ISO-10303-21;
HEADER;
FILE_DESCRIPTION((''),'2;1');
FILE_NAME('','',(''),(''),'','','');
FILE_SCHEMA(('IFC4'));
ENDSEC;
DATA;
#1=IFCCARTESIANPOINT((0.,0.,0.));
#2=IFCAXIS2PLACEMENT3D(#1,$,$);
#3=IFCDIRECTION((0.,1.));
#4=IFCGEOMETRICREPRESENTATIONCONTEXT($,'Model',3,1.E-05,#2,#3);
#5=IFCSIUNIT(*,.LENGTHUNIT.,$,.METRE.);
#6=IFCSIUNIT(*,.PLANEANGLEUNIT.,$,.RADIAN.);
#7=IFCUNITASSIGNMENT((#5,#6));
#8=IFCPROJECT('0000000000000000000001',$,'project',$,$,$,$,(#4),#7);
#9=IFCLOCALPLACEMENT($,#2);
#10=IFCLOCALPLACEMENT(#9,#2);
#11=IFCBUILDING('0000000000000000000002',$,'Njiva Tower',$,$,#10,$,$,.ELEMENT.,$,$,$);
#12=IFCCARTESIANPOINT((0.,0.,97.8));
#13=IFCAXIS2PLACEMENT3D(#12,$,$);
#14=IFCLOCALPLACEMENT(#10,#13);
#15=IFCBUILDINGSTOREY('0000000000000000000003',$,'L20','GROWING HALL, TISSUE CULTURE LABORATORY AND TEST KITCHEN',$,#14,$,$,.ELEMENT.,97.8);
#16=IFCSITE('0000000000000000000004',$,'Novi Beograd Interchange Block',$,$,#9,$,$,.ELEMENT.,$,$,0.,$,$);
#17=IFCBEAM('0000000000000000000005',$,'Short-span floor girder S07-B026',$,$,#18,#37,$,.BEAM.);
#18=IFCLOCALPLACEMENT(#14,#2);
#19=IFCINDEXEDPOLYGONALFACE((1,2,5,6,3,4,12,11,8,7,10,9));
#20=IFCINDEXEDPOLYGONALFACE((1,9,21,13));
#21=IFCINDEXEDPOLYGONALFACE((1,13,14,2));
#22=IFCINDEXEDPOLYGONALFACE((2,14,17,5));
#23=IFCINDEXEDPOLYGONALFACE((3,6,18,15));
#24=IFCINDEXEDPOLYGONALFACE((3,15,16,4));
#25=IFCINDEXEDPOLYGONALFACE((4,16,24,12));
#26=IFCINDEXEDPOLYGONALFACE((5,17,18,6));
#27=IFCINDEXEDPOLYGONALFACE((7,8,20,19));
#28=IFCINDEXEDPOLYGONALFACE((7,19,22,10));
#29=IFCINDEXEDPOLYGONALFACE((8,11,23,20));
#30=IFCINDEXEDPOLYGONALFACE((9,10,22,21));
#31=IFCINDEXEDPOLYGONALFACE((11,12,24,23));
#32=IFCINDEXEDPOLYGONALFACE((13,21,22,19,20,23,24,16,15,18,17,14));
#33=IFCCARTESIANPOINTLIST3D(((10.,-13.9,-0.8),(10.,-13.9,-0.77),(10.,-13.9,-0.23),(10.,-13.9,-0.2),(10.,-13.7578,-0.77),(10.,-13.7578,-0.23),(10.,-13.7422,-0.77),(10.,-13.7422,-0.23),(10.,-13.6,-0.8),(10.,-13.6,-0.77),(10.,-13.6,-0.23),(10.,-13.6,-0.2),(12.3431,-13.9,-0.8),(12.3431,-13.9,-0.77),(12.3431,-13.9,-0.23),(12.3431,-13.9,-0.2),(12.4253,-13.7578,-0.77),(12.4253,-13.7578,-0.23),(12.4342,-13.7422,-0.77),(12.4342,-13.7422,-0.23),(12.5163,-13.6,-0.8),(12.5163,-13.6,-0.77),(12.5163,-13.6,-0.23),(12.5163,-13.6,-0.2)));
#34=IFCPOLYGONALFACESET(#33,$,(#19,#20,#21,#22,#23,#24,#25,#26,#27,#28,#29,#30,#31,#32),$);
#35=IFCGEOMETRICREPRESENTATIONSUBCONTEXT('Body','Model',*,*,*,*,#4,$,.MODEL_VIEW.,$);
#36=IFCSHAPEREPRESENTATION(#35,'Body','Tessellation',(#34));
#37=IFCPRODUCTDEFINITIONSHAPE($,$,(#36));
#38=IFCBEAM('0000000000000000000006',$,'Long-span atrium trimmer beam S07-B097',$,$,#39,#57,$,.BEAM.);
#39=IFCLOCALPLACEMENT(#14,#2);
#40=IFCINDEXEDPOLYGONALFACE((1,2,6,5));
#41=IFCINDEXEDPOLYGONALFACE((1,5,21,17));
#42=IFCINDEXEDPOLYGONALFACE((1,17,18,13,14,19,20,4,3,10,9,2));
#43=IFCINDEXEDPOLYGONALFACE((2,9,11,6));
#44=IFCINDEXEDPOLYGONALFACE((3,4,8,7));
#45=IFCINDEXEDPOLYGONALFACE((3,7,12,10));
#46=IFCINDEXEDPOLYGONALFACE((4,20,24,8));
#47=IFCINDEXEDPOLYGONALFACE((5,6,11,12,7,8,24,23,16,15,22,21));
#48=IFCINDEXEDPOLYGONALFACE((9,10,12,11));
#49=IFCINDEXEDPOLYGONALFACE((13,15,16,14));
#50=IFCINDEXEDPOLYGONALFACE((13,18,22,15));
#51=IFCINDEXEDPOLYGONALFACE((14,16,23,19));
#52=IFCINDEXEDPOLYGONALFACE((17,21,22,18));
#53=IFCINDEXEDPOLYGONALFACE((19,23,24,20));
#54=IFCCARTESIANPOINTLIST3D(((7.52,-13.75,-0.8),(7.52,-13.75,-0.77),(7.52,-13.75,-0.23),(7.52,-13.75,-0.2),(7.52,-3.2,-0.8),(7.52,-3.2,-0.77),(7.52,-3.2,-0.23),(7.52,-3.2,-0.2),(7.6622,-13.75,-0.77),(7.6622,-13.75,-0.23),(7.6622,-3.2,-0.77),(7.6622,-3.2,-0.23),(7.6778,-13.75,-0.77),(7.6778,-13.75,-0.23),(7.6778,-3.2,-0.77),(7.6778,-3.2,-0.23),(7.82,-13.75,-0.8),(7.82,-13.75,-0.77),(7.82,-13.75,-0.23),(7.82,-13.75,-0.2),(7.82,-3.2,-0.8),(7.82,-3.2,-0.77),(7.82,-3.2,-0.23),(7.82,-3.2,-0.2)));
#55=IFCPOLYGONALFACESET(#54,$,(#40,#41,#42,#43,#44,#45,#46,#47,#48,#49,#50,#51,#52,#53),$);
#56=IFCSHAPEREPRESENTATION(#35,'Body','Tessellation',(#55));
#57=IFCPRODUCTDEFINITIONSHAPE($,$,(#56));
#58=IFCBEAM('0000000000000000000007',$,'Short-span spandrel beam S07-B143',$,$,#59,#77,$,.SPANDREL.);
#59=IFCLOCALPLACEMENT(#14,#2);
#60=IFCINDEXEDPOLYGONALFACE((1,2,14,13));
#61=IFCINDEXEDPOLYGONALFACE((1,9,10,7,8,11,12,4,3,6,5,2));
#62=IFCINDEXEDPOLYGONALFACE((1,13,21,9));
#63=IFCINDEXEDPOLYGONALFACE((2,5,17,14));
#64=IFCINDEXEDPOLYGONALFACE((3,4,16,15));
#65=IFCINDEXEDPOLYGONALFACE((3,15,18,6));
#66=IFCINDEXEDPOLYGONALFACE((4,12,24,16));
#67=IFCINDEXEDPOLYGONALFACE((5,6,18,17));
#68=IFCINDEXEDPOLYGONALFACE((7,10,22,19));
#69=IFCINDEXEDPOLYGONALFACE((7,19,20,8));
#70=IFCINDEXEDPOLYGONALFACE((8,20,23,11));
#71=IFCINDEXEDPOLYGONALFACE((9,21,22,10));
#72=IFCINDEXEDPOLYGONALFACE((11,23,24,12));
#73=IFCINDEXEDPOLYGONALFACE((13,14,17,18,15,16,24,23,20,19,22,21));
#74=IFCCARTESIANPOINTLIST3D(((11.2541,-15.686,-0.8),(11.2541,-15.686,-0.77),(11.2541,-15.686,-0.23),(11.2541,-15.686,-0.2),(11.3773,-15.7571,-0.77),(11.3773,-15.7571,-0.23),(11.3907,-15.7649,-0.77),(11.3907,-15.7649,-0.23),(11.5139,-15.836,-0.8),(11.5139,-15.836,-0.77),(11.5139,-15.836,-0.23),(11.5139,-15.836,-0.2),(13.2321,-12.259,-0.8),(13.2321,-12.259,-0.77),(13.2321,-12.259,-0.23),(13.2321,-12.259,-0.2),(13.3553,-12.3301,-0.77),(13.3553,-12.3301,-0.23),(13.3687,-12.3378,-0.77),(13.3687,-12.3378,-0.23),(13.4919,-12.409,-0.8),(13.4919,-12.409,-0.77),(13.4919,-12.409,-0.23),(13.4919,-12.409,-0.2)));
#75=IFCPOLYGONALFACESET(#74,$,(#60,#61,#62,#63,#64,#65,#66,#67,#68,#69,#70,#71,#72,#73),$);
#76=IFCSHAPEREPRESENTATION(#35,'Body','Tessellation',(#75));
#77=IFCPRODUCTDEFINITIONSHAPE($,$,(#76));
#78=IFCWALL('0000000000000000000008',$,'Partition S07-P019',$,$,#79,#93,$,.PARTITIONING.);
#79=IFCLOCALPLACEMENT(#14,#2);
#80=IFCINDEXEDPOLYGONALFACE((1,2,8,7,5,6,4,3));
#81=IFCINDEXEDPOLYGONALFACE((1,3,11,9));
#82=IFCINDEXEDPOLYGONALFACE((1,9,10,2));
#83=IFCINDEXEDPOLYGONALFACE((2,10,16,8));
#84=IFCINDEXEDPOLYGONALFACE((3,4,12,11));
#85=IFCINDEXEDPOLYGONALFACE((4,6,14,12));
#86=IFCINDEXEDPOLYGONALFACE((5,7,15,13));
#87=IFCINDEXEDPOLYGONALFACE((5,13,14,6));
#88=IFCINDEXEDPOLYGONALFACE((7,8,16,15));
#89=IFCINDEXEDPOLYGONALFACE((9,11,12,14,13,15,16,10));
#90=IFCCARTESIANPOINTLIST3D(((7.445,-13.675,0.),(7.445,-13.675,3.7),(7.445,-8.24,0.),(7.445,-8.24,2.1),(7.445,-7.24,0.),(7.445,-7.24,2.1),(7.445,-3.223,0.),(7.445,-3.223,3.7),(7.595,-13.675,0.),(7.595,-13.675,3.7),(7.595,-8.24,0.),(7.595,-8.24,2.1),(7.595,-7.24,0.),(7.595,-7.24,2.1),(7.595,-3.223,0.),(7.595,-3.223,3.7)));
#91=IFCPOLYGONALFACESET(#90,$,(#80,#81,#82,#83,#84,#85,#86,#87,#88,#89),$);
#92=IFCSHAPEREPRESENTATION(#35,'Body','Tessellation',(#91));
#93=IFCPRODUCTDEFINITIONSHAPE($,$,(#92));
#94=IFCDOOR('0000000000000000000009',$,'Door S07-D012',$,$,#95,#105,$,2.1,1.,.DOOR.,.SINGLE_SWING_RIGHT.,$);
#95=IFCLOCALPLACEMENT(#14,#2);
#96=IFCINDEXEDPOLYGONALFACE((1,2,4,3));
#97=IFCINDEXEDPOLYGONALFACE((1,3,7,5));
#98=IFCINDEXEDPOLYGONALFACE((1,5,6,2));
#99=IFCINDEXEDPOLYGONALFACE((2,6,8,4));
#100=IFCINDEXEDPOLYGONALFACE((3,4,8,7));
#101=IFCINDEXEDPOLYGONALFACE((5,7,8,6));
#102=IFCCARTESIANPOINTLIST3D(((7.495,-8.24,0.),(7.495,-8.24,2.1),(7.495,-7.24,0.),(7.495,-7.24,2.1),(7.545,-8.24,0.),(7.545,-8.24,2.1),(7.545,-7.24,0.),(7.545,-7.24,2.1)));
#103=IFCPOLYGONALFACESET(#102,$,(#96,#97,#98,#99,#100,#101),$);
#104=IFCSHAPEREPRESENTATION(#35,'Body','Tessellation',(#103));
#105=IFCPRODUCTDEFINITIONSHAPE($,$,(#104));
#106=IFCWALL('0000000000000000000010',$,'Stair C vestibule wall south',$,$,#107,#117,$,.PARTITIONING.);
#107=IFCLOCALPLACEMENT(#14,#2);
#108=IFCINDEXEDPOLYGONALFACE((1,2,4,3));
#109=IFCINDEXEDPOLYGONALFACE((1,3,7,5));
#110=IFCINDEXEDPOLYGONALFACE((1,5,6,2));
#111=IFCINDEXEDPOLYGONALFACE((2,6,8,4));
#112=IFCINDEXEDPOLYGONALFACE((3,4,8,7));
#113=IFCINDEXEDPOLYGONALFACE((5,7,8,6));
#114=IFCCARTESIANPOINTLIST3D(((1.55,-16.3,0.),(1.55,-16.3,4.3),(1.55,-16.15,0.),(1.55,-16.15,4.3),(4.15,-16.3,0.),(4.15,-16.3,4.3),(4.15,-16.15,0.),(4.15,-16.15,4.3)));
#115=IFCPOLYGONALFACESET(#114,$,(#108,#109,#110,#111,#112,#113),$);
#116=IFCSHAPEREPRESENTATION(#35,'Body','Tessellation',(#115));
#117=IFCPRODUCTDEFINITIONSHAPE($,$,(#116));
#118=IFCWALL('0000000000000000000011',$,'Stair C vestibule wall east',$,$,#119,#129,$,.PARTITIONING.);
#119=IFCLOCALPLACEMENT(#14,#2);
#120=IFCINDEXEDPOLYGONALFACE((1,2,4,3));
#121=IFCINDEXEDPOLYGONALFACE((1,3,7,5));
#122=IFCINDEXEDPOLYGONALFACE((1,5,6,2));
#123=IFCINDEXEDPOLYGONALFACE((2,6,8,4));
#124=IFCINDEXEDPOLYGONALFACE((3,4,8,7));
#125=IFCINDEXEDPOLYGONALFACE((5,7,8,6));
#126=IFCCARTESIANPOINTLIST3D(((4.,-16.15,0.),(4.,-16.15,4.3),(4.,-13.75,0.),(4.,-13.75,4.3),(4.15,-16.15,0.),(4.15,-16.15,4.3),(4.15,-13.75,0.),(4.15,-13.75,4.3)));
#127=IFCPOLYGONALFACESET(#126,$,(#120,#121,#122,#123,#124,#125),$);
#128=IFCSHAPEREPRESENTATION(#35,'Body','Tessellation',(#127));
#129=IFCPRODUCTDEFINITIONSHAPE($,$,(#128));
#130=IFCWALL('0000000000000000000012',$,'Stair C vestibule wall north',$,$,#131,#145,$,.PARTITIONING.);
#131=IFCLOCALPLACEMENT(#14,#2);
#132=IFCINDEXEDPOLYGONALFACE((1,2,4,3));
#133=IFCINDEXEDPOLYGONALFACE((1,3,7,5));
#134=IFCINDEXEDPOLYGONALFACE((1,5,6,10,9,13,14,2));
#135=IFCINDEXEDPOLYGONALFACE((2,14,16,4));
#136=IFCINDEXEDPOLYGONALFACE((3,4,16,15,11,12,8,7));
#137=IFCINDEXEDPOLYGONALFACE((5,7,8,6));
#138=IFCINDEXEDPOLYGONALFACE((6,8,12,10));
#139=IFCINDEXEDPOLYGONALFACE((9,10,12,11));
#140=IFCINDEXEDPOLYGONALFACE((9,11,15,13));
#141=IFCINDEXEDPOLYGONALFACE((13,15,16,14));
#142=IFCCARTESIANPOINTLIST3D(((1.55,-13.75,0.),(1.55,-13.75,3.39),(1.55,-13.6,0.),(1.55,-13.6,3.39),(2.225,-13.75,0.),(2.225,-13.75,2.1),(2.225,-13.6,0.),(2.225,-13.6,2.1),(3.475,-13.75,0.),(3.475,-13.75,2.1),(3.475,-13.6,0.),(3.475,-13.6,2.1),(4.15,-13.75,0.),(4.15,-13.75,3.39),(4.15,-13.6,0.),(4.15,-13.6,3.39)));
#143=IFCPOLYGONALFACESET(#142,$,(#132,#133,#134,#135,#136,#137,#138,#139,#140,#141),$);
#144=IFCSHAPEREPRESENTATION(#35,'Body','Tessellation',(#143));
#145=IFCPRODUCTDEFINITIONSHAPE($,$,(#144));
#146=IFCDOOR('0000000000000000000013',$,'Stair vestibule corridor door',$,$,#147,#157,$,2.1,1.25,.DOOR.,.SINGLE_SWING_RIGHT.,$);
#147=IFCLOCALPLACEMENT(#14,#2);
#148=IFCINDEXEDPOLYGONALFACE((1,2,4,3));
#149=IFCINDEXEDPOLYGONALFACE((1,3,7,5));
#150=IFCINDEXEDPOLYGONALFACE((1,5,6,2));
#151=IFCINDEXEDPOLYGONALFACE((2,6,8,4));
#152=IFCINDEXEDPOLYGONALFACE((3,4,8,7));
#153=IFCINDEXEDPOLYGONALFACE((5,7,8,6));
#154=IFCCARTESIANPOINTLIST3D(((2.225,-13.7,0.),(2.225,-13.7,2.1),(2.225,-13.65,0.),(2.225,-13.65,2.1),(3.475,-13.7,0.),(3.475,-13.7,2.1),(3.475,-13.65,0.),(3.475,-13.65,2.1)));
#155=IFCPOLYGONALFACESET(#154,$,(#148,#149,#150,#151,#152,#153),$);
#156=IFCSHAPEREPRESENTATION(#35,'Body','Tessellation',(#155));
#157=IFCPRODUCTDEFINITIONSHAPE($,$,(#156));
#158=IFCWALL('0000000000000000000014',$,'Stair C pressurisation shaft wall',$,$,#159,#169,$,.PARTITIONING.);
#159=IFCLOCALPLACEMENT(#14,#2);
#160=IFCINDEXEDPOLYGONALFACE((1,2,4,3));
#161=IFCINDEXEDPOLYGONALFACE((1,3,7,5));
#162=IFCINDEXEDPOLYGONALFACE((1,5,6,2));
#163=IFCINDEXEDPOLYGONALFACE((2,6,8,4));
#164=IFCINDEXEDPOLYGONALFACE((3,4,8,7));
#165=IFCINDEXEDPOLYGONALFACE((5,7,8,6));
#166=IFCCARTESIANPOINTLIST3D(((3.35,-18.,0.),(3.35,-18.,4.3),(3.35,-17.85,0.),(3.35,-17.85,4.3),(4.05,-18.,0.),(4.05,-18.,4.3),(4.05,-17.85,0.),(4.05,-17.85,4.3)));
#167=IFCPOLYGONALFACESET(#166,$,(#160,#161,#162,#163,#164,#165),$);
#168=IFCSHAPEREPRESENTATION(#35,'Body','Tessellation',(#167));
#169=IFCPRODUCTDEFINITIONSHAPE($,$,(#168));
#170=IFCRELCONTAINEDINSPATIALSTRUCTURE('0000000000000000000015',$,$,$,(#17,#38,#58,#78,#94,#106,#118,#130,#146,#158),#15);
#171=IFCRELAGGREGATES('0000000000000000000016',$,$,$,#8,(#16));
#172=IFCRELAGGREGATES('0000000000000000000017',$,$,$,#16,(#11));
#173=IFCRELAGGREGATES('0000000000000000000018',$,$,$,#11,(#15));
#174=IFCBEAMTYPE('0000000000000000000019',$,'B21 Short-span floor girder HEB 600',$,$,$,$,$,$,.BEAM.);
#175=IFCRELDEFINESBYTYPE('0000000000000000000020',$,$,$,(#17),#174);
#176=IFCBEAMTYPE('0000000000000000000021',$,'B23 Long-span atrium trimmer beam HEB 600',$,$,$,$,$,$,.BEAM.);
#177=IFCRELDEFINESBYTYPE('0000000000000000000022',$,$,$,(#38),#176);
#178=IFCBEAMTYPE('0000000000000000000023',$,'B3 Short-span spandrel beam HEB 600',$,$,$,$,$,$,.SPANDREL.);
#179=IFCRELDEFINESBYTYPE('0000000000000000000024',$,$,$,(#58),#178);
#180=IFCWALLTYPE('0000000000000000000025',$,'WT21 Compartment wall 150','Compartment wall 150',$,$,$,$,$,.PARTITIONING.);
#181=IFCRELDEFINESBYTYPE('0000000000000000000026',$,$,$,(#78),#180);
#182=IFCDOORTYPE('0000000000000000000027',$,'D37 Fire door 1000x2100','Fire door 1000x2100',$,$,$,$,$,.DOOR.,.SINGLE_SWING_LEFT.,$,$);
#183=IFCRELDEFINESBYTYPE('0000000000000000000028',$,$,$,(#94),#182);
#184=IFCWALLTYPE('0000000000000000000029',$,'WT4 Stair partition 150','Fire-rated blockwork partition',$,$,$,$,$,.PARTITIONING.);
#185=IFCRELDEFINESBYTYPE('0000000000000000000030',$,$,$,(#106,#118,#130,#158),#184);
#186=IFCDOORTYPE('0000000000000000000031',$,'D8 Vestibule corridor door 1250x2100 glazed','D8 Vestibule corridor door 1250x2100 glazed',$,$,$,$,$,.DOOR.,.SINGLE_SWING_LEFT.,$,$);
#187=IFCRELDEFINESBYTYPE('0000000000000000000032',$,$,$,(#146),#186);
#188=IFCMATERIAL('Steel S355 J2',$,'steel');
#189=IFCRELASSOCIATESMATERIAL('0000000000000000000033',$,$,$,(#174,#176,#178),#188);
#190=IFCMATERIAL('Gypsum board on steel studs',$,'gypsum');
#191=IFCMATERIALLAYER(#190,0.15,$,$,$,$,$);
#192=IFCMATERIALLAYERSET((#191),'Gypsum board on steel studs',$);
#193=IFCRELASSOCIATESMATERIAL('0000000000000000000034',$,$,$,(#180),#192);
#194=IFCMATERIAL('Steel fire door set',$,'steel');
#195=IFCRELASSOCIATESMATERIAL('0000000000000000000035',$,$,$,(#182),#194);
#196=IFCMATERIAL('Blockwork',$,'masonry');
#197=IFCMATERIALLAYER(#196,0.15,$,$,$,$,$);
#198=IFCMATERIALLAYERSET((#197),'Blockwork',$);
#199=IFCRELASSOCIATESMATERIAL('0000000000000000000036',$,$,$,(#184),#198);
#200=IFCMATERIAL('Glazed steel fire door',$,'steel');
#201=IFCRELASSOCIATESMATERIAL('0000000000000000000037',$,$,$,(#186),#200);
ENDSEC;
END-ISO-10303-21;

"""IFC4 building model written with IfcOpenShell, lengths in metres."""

from ifc_helpers import new_model, si_unit, direction, frame, frame_2d, origin, origin_2d, place, context, subcontext, project, spatial, rectangle, i_section, extrude, clip, halfspace, material, layer, layer_set, material_profile, profile_set, type_object, element, fill, save


model = new_model("IFC4")

# Units and contexts
model_context = context("Model", 3, precision=1e-05, world=origin(), true_north=direction((0.0, 1.0)))
body_context = subcontext(model_context, "Body", "Model", "MODEL_VIEW")
ifc_project = project(units=[si_unit("LENGTHUNIT", "METRE"), si_unit("PLANEANGLEUNIT", "RADIAN")], contexts=[model_context])

# Site, building, storey
site_placement = place(None, origin())
site = spatial("IfcSite", under=ifc_project, at=site_placement, Name="Novi Beograd Interchange Block", CompositionType="ELEMENT", RefElevation=0.0)
building_placement = place(site_placement, origin())
building = spatial("IfcBuilding", under=site, at=building_placement, Name="Njiva Tower", CompositionType="ELEMENT")
storey_placement = place(building_placement, frame((0.0, 0.0, 97.8)))
storey = spatial("IfcBuildingStorey", under=building, at=storey_placement, Name="L20", Description="GROWING HALL, TISSUE CULTURE LABORATORY AND TEST KITCHEN", CompositionType="ELEMENT", Elevation=97.8)

# Shared definitions
ifc_material_1 = material(Name="Steel S355 J2", Category="steel")

# Beams
ifc_material_profile_1 = material_profile(ifc_material_1, i_section(OverallWidth=0.3, OverallDepth=0.6, WebThickness=0.0155, FlangeThickness=0.03, at=origin_2d()), Name="HEB 600")
ifc_profile_set_1 = profile_set([ifc_material_profile_1], Name="Steel S355 J2")
beam_type_1 = type_object("IfcBeamType", Name="B21 Short-span floor girder HEB 600", PredefinedType="BEAM", material=ifc_profile_set_1)
beam_1_placement = place(storey_placement, frame((10.0, -13.75, -0.5), z_axis=(1.0, 0.0, 0.0), x_axis=(0.0, 1.0, 0.0)))
element("IfcBeam", 1, at=beam_1_placement, inside=storey, type_object=beam_type_1, Name="Short-span floor girder S07-B026", PredefinedType="BEAM", context=body_context, shape_type="Clipping", body=[
    clip(extrude(i_section(OverallWidth=0.3, OverallDepth=0.6, WebThickness=0.0155, FlangeThickness=0.03, at=origin_2d()), origin(), (0.0, 0.0, 1.0), 2.537), halfspace(frame((-0.025, 0.0, 2.4153), z_axis=(-0.499998, 0.0, 0.866027), x_axis=(0.0, 1.0, 0.0)), False)),
])
ifc_material_profile_2 = material_profile(ifc_material_1, i_section(OverallWidth=0.3, OverallDepth=0.6, WebThickness=0.0155, FlangeThickness=0.03, at=origin_2d()), Name="HEB 600")
ifc_profile_set_2 = profile_set([ifc_material_profile_2], Name="Steel S355 J2")
beam_type_2 = type_object("IfcBeamType", Name="B23 Long-span atrium trimmer beam HEB 600", PredefinedType="BEAM", material=ifc_profile_set_2)
beam_2_placement = place(storey_placement, frame((7.67, -13.75, -0.5), z_axis=(0.0, 1.0, 0.0), x_axis=(-1.0, 0.0, 0.0)))
element("IfcBeam", 2, at=beam_2_placement, inside=storey, type_object=beam_type_2, Name="Long-span atrium trimmer beam S07-B097", PredefinedType="BEAM", context=body_context, shape_type="SweptSolid", body=[
    extrude(i_section(OverallWidth=0.3, OverallDepth=0.6, WebThickness=0.0155, FlangeThickness=0.03, at=origin_2d()), origin(), (0.0, 0.0, 1.0), 10.55),
])
ifc_material_profile_3 = material_profile(ifc_material_1, i_section(OverallWidth=0.3, OverallDepth=0.6, WebThickness=0.0155, FlangeThickness=0.03, at=origin_2d()), Name="HEB 600")
ifc_profile_set_3 = profile_set([ifc_material_profile_3], Name="Steel S355 J2")
beam_type_3 = type_object("IfcBeamType", Name="B3 Short-span spandrel beam HEB 600", PredefinedType="SPANDREL", material=ifc_profile_set_3)
beam_3_placement = place(storey_placement, frame((11.384, -15.761, -0.5), z_axis=(0.49989, 0.866089, 0.0), x_axis=(-0.866089, 0.49989, 0.0)))
element("IfcBeam", 3, at=beam_3_placement, inside=storey, type_object=beam_type_3, Name="Short-span spandrel beam S07-B143", PredefinedType="SPANDREL", context=body_context, shape_type="SweptSolid", body=[
    extrude(i_section(OverallWidth=0.3, OverallDepth=0.6, WebThickness=0.0155, FlangeThickness=0.03, at=origin_2d()), origin(), (0.0, 0.0, 1.0), 3.9569),
])

# Wall, opening, door
ifc_material_2 = material(Name="Gypsum board on steel studs", Category="gypsum")
ifc_layer_1 = layer(ifc_material_2, 0.15)
ifc_layer_set_1 = layer_set([ifc_layer_1], Name="Gypsum board on steel studs")
wall_type_1 = type_object("IfcWallType", Name="WT21 Compartment wall 150", Description="Compartment wall 150", PredefinedType="PARTITIONING", material=ifc_layer_set_1)
wall_1_placement = place(storey_placement, frame((7.52, -13.675, 0.0), z_axis=(0.0, 0.0, 1.0), x_axis=(0.0, 1.0, 0.0)))
wall_1 = element("IfcWall", 4, at=wall_1_placement, inside=storey, type_object=wall_type_1, Name="Partition S07-P019", PredefinedType="PARTITIONING", context=body_context, shape_type="SweptSolid", body=[
    extrude(rectangle(XDim=10.452, YDim=0.15, at=frame_2d((5.226, 0.0))), origin(), (0.0, 0.0, 1.0), 3.7),
])
opening_1_placement = place(wall_1_placement, frame((5.435, 0.0, 0.0)))
opening_1 = element("IfcOpeningElement", 5, at=opening_1_placement, cuts=wall_1, PredefinedType="OPENING", context=body_context, shape_type="SweptSolid", body=[
    extrude(rectangle(XDim=1.0, YDim=2.1, at=frame_2d((0.5, 1.05))), frame((0.0, 0.085, 0.0), z_axis=(0.0, -1.0, 0.0), x_axis=(1.0, 0.0, 0.0)), (0.0, 0.0, 1.0), 0.17),
])
ifc_material_3 = material(Name="Steel fire door set", Category="steel")
door_type_1 = type_object("IfcDoorType", Name="D37 Fire door 1000x2100", Description="Fire door 1000x2100", OperationType="SINGLE_SWING_LEFT", PredefinedType="DOOR", material=ifc_material_3)
door_1_placement = place(opening_1_placement, origin())
door_1 = element("IfcDoor", 6, at=door_1_placement, inside=storey, type_object=door_type_1, Name="Door S07-D012", OperationType="SINGLE_SWING_RIGHT", OverallHeight=2.1, OverallWidth=1.0, PredefinedType="DOOR", context=body_context, shape_type="SweptSolid", body=[
    extrude(rectangle(XDim=1.0, YDim=2.1, at=frame_2d((0.5, 1.05))), frame((0.0, 0.025, 0.0), z_axis=(0.0, -1.0, 0.0), x_axis=(1.0, 0.0, 0.0)), (0.0, 0.0, 1.0), 0.05),
])
fill(opening_1, door_1)

# Walls
ifc_material_4 = material(Name="Blockwork", Category="masonry")
ifc_layer_2 = layer(ifc_material_4, 0.15)
ifc_layer_set_2 = layer_set([ifc_layer_2], Name="Blockwork")
wall_type_2 = type_object("IfcWallType", Name="WT4 Stair partition 150", Description="Fire-rated blockwork partition", PredefinedType="PARTITIONING", material=ifc_layer_set_2)
wall_2_placement = place(storey_placement, frame((1.55, -16.225, 0.0), z_axis=(0.0, 0.0, 1.0), x_axis=(1.0, 0.0, 0.0)))
element("IfcWall", 7, at=wall_2_placement, inside=storey, type_object=wall_type_2, Name="Stair C vestibule wall south", PredefinedType="PARTITIONING", context=body_context, shape_type="SweptSolid", body=[
    extrude(rectangle(XDim=2.6, YDim=0.15, at=frame_2d((1.3, 0.0))), origin(), (0.0, 0.0, 1.0), 4.3),
])
wall_3_placement = place(storey_placement, frame((4.075, -16.15, 0.0), z_axis=(0.0, 0.0, 1.0), x_axis=(0.0, 1.0, 0.0)))
element("IfcWall", 8, at=wall_3_placement, inside=storey, type_object=wall_type_2, Name="Stair C vestibule wall east", PredefinedType="PARTITIONING", context=body_context, shape_type="SweptSolid", body=[
    extrude(rectangle(XDim=2.4, YDim=0.15, at=frame_2d((1.2, 0.0))), origin(), (0.0, 0.0, 1.0), 4.3),
])

# Wall, opening, door
wall_4_placement = place(storey_placement, frame((1.55, -13.675, 0.0), z_axis=(0.0, 0.0, 1.0), x_axis=(1.0, 0.0, 0.0)))
wall_4 = element("IfcWall", 9, at=wall_4_placement, inside=storey, type_object=wall_type_2, Name="Stair C vestibule wall north", PredefinedType="PARTITIONING", context=body_context, shape_type="SweptSolid", body=[
    extrude(rectangle(XDim=2.6, YDim=0.15, at=frame_2d((1.3, 0.0))), origin(), (0.0, 0.0, 1.0), 3.39),
])
opening_2_placement = place(wall_4_placement, frame((0.675, 0.0, 0.0)))
opening_2 = element("IfcOpeningElement", 10, at=opening_2_placement, cuts=wall_4, PredefinedType="OPENING", context=body_context, shape_type="SweptSolid", body=[
    extrude(rectangle(XDim=1.25, YDim=2.1, at=frame_2d((0.625, 1.05))), frame((0.0, 0.085, 0.0), z_axis=(0.0, -1.0, 0.0), x_axis=(1.0, 0.0, 0.0)), (0.0, 0.0, 1.0), 0.17),
])
ifc_material_5 = material(Name="Glazed steel fire door", Category="steel")
door_type_2 = type_object("IfcDoorType", Name="D8 Vestibule corridor door 1250x2100 glazed", Description="D8 Vestibule corridor door 1250x2100 glazed", OperationType="SINGLE_SWING_LEFT", PredefinedType="DOOR", material=ifc_material_5)
door_2_placement = place(opening_2_placement, origin())
door_2 = element("IfcDoor", 11, at=door_2_placement, inside=storey, type_object=door_type_2, Name="Stair vestibule corridor door", OperationType="SINGLE_SWING_RIGHT", OverallHeight=2.1, OverallWidth=1.25, PredefinedType="DOOR", context=body_context, shape_type="SweptSolid", body=[
    extrude(rectangle(XDim=1.25, YDim=2.1, at=frame_2d((0.625, 1.05))), frame((0.0, 0.025, 0.0), z_axis=(0.0, -1.0, 0.0), x_axis=(1.0, 0.0, 0.0)), (0.0, 0.0, 1.0), 0.05),
])
fill(opening_2, door_2)

# Wall
wall_5_placement = place(storey_placement, frame((3.35, -17.925, 0.0), z_axis=(0.0, 0.0, 1.0), x_axis=(1.0, 0.0, 0.0)))
element("IfcWall", 12, at=wall_5_placement, inside=storey, type_object=wall_type_2, Name="Stair C pressurisation shaft wall", PredefinedType="PARTITIONING", context=body_context, shape_type="SweptSolid", body=[
    extrude(rectangle(XDim=0.7, YDim=0.15, at=frame_2d((0.35, 0.0))), origin(), (0.0, 0.0, 1.0), 4.3),
])

save(model, "model.ifc")
